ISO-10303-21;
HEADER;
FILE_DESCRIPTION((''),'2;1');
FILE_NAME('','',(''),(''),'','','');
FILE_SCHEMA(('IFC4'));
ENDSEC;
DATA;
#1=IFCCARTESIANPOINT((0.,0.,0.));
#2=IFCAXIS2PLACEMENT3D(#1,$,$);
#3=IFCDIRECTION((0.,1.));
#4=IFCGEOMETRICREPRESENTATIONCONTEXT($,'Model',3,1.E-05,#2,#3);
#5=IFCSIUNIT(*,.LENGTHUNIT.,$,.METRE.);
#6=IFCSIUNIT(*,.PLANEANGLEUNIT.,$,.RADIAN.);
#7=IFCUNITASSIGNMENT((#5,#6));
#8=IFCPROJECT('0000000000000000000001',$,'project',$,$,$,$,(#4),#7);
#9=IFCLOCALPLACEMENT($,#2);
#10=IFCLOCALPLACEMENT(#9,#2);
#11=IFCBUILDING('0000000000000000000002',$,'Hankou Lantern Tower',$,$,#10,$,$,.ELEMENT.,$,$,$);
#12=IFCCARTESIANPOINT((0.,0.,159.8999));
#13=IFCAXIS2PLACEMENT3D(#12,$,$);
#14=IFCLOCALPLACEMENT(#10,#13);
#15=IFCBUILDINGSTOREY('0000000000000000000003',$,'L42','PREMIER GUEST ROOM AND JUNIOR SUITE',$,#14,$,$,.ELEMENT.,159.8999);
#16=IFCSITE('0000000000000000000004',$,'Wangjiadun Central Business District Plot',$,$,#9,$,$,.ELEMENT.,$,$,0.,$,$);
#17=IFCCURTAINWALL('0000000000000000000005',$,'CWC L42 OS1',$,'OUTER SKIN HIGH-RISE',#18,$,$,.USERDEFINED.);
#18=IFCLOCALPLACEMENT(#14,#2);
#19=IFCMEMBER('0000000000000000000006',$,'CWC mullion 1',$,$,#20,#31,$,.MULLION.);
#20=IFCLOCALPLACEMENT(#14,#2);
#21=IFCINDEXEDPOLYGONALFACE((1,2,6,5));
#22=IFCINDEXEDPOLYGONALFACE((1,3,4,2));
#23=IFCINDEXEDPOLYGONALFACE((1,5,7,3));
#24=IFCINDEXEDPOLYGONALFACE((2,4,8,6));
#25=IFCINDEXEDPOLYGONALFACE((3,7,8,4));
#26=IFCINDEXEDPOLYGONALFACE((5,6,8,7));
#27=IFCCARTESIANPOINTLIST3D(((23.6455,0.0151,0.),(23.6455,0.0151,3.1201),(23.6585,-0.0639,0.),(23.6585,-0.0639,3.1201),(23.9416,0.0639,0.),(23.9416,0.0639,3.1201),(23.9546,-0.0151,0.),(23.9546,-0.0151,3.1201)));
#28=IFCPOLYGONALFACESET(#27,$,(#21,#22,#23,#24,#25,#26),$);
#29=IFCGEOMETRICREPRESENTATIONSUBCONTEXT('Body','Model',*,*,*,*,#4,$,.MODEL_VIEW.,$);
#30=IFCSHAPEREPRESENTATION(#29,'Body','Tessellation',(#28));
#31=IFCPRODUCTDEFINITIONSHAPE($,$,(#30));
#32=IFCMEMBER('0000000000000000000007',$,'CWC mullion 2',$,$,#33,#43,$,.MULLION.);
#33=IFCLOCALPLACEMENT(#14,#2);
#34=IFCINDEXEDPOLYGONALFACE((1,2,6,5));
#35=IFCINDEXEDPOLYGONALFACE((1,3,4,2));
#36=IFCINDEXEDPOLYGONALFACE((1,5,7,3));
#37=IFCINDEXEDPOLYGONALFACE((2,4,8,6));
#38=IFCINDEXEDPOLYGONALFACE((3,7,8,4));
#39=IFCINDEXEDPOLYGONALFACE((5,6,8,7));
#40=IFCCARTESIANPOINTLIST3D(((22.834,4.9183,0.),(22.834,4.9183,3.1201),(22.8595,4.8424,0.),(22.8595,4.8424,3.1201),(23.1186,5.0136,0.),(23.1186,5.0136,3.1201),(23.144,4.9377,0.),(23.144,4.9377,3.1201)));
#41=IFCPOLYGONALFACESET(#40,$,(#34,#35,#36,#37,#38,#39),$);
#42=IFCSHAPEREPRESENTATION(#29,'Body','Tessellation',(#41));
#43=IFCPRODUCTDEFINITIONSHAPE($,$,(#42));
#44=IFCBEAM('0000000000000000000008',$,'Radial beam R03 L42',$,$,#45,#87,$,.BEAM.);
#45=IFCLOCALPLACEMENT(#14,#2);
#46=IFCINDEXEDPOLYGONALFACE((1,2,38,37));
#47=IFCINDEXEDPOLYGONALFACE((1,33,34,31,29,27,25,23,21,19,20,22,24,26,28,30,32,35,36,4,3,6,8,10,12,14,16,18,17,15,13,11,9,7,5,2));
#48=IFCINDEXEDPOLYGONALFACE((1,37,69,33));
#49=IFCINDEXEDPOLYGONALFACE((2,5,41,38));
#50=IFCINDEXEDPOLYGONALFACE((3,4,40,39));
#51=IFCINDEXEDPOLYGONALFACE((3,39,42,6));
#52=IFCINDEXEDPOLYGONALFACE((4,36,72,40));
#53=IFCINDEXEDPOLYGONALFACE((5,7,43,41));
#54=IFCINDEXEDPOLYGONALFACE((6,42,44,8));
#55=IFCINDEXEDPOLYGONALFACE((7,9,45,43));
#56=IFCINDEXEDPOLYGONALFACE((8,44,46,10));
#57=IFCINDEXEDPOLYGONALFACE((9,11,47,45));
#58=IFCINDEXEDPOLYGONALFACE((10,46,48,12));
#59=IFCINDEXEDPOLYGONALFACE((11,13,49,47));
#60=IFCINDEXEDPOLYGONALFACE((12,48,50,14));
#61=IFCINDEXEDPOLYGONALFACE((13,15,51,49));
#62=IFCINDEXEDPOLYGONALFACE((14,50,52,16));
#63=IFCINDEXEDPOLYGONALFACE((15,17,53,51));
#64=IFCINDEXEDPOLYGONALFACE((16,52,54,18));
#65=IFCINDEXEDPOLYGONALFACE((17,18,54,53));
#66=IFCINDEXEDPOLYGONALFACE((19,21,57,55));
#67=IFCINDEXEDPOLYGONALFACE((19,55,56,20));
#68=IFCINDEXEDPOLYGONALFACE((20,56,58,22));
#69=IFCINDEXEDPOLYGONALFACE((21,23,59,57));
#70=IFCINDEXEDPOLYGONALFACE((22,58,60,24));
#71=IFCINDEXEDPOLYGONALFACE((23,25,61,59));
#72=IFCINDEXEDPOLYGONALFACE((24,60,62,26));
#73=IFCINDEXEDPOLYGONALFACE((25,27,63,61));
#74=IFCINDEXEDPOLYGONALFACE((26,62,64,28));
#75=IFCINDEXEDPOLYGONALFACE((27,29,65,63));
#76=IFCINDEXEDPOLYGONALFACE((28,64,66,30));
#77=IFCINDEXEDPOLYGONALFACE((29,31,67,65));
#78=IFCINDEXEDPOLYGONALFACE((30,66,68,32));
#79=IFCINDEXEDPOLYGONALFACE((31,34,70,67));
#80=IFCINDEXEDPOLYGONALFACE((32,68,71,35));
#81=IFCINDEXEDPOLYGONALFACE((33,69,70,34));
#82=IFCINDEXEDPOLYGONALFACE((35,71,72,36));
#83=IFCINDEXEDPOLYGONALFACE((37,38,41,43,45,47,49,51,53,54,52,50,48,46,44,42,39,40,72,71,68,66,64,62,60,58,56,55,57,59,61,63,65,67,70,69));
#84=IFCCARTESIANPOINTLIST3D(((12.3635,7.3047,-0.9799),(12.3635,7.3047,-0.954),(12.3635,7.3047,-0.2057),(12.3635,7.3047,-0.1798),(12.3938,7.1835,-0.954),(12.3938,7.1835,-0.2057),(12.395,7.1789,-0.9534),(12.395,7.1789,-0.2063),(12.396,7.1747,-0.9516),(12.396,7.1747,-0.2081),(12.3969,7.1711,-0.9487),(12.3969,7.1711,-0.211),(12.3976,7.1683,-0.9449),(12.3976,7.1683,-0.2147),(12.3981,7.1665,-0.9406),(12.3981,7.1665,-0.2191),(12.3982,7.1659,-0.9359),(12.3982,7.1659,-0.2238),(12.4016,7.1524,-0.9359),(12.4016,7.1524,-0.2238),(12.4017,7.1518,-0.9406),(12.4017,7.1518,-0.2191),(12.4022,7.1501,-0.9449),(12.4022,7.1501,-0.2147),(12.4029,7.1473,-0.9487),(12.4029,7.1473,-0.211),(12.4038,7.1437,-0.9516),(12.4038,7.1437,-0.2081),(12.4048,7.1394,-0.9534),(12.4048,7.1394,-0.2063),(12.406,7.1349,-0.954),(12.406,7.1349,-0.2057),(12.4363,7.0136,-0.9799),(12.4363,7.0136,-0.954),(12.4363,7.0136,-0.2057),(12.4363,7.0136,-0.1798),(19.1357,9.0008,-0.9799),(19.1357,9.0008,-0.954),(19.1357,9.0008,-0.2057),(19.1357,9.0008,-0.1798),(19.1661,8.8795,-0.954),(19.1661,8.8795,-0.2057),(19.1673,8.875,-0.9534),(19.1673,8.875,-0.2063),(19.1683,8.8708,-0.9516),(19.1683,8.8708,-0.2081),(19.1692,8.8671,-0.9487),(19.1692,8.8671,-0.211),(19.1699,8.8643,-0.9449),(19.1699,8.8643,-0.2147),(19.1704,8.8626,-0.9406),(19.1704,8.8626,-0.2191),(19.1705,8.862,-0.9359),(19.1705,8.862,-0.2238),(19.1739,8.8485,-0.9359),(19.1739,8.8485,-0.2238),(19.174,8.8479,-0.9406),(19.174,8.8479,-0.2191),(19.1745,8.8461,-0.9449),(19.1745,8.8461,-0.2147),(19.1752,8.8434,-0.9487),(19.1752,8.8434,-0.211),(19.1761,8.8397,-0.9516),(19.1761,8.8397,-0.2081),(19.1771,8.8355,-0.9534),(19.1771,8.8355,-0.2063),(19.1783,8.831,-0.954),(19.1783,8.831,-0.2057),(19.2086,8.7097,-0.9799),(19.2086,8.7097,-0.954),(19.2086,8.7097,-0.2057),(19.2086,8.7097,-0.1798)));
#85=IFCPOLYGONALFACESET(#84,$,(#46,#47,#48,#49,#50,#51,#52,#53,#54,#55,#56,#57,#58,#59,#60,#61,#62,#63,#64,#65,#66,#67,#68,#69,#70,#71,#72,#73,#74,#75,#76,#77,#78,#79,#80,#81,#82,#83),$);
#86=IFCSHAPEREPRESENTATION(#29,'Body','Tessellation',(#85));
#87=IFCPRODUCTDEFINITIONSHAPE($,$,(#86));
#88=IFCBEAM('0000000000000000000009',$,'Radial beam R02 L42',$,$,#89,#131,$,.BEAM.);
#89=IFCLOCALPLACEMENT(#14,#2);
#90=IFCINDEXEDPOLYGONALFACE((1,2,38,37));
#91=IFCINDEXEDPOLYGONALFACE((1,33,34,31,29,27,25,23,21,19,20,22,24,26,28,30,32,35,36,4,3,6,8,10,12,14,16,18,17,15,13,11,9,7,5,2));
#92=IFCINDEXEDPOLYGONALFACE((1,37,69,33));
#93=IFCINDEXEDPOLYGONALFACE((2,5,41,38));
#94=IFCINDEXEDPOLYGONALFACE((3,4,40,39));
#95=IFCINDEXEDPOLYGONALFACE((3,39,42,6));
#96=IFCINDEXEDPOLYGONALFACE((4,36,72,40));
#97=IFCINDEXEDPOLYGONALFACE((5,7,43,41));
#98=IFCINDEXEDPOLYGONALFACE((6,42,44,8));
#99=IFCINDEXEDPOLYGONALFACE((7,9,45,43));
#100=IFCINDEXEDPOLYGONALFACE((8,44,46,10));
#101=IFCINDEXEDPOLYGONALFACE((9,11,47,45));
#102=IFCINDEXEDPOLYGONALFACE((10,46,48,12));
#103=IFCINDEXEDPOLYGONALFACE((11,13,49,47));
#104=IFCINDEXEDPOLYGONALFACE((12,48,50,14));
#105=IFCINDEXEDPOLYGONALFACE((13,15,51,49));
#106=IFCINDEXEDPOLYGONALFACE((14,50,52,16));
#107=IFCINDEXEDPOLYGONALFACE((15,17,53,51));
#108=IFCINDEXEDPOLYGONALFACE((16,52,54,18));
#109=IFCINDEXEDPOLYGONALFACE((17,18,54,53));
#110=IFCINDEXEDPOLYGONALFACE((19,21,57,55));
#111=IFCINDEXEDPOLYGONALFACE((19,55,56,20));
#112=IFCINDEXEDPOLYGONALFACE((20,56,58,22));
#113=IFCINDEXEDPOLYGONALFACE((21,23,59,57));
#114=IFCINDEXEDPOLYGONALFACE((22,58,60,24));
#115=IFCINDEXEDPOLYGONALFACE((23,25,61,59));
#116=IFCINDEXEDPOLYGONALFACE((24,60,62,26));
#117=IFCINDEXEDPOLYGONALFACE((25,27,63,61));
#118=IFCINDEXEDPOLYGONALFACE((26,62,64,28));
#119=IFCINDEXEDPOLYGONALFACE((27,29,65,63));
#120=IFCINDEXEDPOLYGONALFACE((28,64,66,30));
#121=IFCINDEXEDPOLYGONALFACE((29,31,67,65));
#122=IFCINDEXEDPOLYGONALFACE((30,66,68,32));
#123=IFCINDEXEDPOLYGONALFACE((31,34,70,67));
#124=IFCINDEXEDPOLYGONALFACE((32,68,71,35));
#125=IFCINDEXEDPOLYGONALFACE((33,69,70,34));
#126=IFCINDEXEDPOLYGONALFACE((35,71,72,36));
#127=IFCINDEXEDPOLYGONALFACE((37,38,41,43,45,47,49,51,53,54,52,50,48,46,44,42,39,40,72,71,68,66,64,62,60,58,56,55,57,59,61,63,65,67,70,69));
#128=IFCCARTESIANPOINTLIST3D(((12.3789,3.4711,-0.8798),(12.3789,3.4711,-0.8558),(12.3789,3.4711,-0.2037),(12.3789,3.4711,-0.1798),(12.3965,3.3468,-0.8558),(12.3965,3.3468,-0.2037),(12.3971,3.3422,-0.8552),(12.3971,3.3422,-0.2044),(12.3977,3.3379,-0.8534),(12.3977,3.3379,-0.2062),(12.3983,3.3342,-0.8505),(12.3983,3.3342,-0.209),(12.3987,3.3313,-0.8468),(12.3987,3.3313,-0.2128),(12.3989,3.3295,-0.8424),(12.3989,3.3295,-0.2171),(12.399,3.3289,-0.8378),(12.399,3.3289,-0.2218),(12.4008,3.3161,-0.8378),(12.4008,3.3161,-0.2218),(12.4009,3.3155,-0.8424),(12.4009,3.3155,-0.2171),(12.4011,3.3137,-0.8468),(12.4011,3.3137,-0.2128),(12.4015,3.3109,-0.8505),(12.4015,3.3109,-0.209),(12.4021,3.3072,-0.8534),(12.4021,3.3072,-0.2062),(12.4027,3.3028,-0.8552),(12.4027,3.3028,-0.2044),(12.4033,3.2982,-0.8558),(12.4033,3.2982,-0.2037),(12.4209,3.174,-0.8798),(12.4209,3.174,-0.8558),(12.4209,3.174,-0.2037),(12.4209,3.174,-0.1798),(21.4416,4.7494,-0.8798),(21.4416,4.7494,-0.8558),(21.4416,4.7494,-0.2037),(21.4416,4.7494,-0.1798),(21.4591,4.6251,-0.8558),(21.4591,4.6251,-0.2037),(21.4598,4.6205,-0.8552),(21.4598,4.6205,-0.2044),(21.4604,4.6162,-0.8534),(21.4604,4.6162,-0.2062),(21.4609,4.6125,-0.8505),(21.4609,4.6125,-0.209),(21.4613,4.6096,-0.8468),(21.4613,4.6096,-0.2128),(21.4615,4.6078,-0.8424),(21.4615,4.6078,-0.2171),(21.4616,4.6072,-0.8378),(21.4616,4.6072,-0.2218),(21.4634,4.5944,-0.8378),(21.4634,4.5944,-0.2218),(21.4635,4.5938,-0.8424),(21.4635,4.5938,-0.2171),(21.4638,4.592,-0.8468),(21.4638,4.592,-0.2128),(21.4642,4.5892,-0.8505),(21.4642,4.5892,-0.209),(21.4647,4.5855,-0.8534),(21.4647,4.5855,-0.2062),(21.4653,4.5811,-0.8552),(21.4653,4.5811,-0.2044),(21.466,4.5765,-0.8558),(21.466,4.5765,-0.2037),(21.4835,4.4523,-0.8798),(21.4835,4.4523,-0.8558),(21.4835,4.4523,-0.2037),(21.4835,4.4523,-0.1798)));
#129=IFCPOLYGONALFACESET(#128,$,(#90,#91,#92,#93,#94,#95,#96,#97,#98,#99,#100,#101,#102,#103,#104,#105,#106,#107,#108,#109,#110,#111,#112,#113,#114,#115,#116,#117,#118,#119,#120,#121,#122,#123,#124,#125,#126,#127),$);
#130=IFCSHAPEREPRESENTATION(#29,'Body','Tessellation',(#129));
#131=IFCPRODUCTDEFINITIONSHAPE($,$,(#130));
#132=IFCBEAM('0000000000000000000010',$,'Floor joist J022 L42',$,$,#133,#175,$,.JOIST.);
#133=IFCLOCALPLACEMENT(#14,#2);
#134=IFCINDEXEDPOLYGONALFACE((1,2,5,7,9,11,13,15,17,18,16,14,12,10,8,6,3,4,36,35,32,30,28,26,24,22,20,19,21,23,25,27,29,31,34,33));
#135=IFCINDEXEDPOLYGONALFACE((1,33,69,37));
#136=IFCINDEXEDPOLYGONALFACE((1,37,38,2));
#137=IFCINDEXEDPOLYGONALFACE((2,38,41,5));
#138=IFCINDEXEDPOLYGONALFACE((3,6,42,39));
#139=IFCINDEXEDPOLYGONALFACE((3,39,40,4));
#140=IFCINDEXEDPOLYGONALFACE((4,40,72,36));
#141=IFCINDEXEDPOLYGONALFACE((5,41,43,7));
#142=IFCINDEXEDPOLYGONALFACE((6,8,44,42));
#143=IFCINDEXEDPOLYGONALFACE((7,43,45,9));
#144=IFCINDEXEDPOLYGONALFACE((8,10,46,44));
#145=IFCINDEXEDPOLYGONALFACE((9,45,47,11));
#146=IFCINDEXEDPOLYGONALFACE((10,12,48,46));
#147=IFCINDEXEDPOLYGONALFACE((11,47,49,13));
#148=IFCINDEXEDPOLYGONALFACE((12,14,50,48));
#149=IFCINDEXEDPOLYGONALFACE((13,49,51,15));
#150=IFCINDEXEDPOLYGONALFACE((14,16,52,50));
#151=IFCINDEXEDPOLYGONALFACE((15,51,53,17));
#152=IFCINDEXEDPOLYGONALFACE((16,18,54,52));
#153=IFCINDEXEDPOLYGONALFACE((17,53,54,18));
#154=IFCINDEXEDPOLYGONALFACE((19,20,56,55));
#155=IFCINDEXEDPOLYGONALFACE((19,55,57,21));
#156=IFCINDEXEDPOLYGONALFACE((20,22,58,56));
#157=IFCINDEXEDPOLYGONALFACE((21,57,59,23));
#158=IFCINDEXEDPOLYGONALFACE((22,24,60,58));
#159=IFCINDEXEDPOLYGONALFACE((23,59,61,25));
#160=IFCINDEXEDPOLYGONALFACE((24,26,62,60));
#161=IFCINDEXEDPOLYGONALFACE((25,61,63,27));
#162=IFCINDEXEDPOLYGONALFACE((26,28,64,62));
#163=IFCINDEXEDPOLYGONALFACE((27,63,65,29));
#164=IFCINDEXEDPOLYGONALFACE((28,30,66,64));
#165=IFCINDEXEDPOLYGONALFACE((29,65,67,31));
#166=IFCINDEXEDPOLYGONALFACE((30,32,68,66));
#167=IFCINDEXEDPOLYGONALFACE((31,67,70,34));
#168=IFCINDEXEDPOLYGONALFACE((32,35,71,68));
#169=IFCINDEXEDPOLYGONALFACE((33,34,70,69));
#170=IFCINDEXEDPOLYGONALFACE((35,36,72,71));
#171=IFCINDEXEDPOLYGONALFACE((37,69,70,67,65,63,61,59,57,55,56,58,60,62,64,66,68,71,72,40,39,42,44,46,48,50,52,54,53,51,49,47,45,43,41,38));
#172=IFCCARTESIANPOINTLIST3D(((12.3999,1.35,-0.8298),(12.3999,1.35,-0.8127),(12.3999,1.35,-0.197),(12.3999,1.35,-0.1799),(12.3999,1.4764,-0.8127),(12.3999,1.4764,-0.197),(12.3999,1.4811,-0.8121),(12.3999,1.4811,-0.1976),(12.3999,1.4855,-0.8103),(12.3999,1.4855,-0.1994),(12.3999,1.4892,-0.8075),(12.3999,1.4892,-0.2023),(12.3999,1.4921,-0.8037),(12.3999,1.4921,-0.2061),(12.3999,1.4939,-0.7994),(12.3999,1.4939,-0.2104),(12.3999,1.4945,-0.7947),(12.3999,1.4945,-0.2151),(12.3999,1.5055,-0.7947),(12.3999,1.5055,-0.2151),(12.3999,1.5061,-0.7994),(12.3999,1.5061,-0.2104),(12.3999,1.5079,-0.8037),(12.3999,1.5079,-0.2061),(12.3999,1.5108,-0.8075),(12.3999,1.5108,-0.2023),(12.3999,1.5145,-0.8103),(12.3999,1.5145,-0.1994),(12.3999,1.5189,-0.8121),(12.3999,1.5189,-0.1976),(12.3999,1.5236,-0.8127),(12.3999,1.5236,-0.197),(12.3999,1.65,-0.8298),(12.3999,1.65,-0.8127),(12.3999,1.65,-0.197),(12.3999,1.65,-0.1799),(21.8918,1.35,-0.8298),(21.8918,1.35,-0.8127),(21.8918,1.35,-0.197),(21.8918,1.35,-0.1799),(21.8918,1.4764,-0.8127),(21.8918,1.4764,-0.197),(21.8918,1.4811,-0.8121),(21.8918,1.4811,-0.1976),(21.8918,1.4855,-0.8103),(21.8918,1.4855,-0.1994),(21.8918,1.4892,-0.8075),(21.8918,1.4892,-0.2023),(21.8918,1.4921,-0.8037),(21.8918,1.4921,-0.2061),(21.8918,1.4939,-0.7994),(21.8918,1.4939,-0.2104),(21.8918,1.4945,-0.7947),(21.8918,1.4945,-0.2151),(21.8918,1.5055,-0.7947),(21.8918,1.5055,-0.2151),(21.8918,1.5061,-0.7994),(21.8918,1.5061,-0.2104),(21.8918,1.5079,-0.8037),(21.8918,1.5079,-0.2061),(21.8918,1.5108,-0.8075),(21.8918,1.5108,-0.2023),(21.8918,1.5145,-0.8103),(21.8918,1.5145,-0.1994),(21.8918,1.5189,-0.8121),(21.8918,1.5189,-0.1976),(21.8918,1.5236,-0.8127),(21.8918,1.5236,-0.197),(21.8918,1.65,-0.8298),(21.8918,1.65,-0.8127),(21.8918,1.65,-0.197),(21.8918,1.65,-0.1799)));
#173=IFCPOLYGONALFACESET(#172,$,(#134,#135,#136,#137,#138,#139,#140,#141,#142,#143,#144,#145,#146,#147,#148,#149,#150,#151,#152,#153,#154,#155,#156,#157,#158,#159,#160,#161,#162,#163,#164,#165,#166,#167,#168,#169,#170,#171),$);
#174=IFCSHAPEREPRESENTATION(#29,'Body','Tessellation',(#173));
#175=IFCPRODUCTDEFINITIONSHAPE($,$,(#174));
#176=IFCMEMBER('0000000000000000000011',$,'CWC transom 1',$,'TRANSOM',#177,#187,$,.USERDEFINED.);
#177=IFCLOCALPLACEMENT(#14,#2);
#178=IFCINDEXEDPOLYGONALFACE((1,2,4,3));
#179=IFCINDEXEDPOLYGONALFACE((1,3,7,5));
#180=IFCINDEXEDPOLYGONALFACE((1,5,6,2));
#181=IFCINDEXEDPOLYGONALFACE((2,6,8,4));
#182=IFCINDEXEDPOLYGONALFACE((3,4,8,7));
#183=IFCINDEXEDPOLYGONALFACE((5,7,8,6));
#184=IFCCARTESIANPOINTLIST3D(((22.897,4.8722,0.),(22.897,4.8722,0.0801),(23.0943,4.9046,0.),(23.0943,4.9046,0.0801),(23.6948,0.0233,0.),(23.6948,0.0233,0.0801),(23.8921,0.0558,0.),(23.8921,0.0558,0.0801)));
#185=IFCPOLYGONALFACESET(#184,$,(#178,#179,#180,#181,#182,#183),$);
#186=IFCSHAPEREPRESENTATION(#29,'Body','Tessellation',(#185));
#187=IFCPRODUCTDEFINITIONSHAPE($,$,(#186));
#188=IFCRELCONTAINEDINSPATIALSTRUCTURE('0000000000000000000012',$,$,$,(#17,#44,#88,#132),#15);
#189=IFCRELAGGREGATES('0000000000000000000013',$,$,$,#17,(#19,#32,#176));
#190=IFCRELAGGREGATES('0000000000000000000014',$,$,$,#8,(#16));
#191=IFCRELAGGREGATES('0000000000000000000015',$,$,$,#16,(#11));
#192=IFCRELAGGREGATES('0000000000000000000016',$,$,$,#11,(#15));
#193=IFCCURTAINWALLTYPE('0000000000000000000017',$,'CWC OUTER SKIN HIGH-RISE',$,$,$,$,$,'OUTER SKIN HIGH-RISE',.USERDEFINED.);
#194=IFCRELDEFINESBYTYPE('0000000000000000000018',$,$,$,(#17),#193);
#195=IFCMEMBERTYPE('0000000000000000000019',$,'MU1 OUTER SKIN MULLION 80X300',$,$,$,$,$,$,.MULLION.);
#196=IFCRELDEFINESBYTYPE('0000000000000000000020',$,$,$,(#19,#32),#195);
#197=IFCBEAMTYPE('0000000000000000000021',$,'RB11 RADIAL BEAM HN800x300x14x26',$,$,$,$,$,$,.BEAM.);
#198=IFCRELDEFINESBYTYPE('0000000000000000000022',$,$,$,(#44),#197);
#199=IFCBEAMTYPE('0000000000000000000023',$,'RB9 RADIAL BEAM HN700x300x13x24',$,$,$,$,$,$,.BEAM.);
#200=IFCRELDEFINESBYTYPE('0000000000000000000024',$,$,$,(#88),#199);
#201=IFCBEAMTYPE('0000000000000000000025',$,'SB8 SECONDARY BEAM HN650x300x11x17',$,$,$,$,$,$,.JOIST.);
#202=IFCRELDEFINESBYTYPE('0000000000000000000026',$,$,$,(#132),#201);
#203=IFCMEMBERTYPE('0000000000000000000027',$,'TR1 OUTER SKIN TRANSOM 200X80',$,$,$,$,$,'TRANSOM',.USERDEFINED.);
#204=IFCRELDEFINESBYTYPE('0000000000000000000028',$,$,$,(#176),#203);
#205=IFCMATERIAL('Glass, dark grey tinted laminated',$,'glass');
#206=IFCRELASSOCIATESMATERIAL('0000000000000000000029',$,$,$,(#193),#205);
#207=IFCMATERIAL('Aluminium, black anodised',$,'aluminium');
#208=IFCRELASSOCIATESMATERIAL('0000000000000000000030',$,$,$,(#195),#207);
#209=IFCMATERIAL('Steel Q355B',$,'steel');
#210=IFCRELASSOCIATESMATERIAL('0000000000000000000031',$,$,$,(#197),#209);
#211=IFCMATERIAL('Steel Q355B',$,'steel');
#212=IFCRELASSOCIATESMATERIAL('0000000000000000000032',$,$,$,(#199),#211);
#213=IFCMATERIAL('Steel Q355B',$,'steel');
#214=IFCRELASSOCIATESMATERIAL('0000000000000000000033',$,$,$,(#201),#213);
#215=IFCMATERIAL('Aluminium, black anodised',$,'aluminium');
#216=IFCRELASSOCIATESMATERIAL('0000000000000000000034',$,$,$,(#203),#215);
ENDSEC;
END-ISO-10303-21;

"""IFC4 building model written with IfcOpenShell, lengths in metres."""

from ifc_helpers import new_model, si_unit, direction, frame, origin, origin_2d, place, context, subcontext, project, spatial, rectangle, i_section, extrude, material, material_profile, profile_set, type_object, element, aggregate, save


model = new_model("IFC4")

# Units and contexts
model_context = context("Model", 3, precision=1e-05, world=origin(), true_north=direction((0.0, 1.0)))
body_context = subcontext(model_context, "Body", "Model", "MODEL_VIEW")
ifc_project = project(units=[si_unit("LENGTHUNIT", "METRE"), si_unit("PLANEANGLEUNIT", "RADIAN")], contexts=[model_context])

# Site, building, storey
site_placement = place(None, origin())
site = spatial("IfcSite", under=ifc_project, at=site_placement, Name="Wangjiadun Central Business District Plot", CompositionType="ELEMENT", RefElevation=0.0)
building_placement = place(site_placement, origin())
building = spatial("IfcBuilding", under=site, at=building_placement, Name="Hankou Lantern Tower", CompositionType="ELEMENT")
storey_placement = place(building_placement, frame((0.0, 0.0, 159.8999)))
storey = spatial("IfcBuildingStorey", under=building, at=storey_placement, Name="L42", Description="PREMIER GUEST ROOM AND JUNIOR SUITE", CompositionType="ELEMENT", Elevation=159.8999)

# Curtain wall, members
ifc_material_1 = material(Name="Glass, dark grey tinted laminated", Category="glass")
curtain_wall_type = type_object("IfcCurtainWallType", Name="CWC OUTER SKIN HIGH-RISE", ElementType="OUTER SKIN HIGH-RISE", PredefinedType="USERDEFINED", material=ifc_material_1)
curtain_wall_placement = place(storey_placement, origin())
curtain_wall = element("IfcCurtainWall", 1, at=curtain_wall_placement, inside=storey, type_object=curtain_wall_type, Name="CWC L42 OS1", ObjectType="OUTER SKIN HIGH-RISE", PredefinedType="USERDEFINED")
ifc_material_2 = material(Name="Aluminium, black anodised", Category="aluminium")
ifc_material_profile_1 = material_profile(ifc_material_2, rectangle(XDim=0.0801, YDim=0.3, at=origin_2d()), Name="MU1 80X300")
ifc_profile_set_1 = profile_set([ifc_material_profile_1], Name="Aluminium, black anodised")
member_type_1 = type_object("IfcMemberType", Name="MU1 OUTER SKIN MULLION 80X300", PredefinedType="MULLION", material=ifc_profile_set_1)
member_1_placement = place(storey_placement, frame((23.8, 0.0, 0.0), z_axis=(0.0, 0.0, 1.0), x_axis=(-0.162382, 0.986728, 0.0)))
member_1 = element("IfcMember", 2, at=member_1_placement, type_object=member_type_1, Name="CWC mullion 1", PredefinedType="MULLION", context=body_context, shape_type="SweptSolid", body=[
    extrude(rectangle(XDim=0.0801, YDim=0.3, at=origin_2d()), origin(), (0.0, 0.0, 1.0), 3.1201),
])
member_2_placement = place(storey_placement, frame((22.989, 4.928, 0.0), z_axis=(0.0, 0.0, 1.0), x_axis=(-0.317596, 0.948226, 0.0)))
member_2 = element("IfcMember", 3, at=member_2_placement, type_object=member_type_1, Name="CWC mullion 2", PredefinedType="MULLION", context=body_context, shape_type="SweptSolid", body=[
    extrude(rectangle(XDim=0.0801, YDim=0.3, at=origin_2d()), origin(), (0.0, 0.0, 1.0), 3.1201),
])

# Beams
ifc_material_3 = material(Name="Steel Q355B", Category="steel")
ifc_material_profile_2 = material_profile(ifc_material_3, i_section(OverallWidth=0.3, OverallDepth=0.8, WebThickness=0.0139, FlangeThickness=0.0259, FilletRadius=0.0181, at=origin_2d()), Name="HN800x300x14x26")
ifc_profile_set_2 = profile_set([ifc_material_profile_2], Name="Steel Q355B")
beam_type_1 = type_object("IfcBeamType", Name="RB11 RADIAL BEAM HN800x300x14x26", PredefinedType="BEAM", material=ifc_profile_set_2)
beam_1_placement = place(storey_placement, frame((12.3999, 7.1592, -0.5798), z_axis=(0.970042, 0.242939, 0.0), x_axis=(-0.242939, 0.970042, 0.0)))
element("IfcBeam", 4, at=beam_1_placement, inside=storey, type_object=beam_type_1, Name="Radial beam R03 L42", PredefinedType="BEAM", context=body_context, shape_type="SweptSolid", body=[
    extrude(i_section(OverallWidth=0.3, OverallDepth=0.8, WebThickness=0.0139, FlangeThickness=0.0259, FilletRadius=0.0181, at=origin_2d()), origin(), (0.0, 0.0, 1.0), 6.9814),
])
ifc_material_4 = material(Name="Steel Q355B", Category="steel")
ifc_material_profile_3 = material_profile(ifc_material_4, i_section(OverallWidth=0.3, OverallDepth=0.7, WebThickness=0.0129, FlangeThickness=0.0239, FilletRadius=0.0181, at=origin_2d()), Name="HN700x300x13x24")
ifc_profile_set_3 = profile_set([ifc_material_profile_3], Name="Steel Q355B")
beam_type_2 = type_object("IfcBeamType", Name="RB9 RADIAL BEAM HN700x300x13x24", PredefinedType="BEAM", material=ifc_profile_set_3)
beam_2_placement = place(storey_placement, frame((12.3999, 3.3225, -0.5298), z_axis=(0.990198, 0.13967, 0.0), x_axis=(-0.13967, 0.990198, 0.0)))
element("IfcBeam", 5, at=beam_2_placement, inside=storey, type_object=beam_type_2, Name="Radial beam R02 L42", PredefinedType="BEAM", context=body_context, shape_type="SweptSolid", body=[
    extrude(i_section(OverallWidth=0.3, OverallDepth=0.7, WebThickness=0.0129, FlangeThickness=0.0239, FilletRadius=0.0181, at=origin_2d()), origin(), (0.0, 0.0, 1.0), 9.1523),
])
ifc_material_5 = material(Name="Steel Q355B", Category="steel")
ifc_material_profile_4 = material_profile(ifc_material_5, i_section(OverallWidth=0.3, OverallDepth=0.6499, WebThickness=0.011, FlangeThickness=0.0171, FilletRadius=0.0181, at=origin_2d()), Name="HN650x300x11x17")
ifc_profile_set_4 = profile_set([ifc_material_profile_4], Name="Steel Q355B")
beam_type_3 = type_object("IfcBeamType", Name="SB8 SECONDARY BEAM HN650x300x11x17", PredefinedType="JOIST", material=ifc_profile_set_4)
beam_3_placement = place(storey_placement, frame((12.3999, 1.5, -0.5049), z_axis=(1.0, 0.0, 0.0), x_axis=(0.0, 1.0, 0.0)))
element("IfcBeam", 6, at=beam_3_placement, inside=storey, type_object=beam_type_3, Name="Floor joist J022 L42", PredefinedType="JOIST", context=body_context, shape_type="SweptSolid", body=[
    extrude(i_section(OverallWidth=0.3, OverallDepth=0.6499, WebThickness=0.011, FlangeThickness=0.0171, FilletRadius=0.0181, at=origin_2d()), origin(), (0.0, 0.0, 1.0), 9.4919),
])

# Member
ifc_material_6 = material(Name="Aluminium, black anodised", Category="aluminium")
ifc_material_profile_5 = material_profile(ifc_material_6, rectangle(XDim=0.2, YDim=0.0801, at=origin_2d()), Name="TR1 200X80")
ifc_profile_set_5 = profile_set([ifc_material_profile_5], Name="Aluminium, black anodised")
member_type_2 = type_object("IfcMemberType", Name="TR1 OUTER SKIN TRANSOM 200X80", ElementType="TRANSOM", PredefinedType="USERDEFINED", material=ifc_profile_set_5)
member_3_placement = place(storey_placement, frame((23.7935, 0.0396, 0.04), z_axis=(-0.16236, 0.986732, 0.0), x_axis=(-0.986732, -0.16236, 0.0)))
member_3 = element("IfcMember", 7, at=member_3_placement, type_object=member_type_2, Name="CWC transom 1", ObjectType="TRANSOM", PredefinedType="USERDEFINED", context=body_context, shape_type="SweptSolid", body=[
    extrude(rectangle(XDim=0.2, YDim=0.0801, at=origin_2d()), origin(), (0.0, 0.0, 1.0), 4.9141),
])

aggregate(curtain_wall, [member_1, member_2, member_3])

save(model, "model.ifc")
